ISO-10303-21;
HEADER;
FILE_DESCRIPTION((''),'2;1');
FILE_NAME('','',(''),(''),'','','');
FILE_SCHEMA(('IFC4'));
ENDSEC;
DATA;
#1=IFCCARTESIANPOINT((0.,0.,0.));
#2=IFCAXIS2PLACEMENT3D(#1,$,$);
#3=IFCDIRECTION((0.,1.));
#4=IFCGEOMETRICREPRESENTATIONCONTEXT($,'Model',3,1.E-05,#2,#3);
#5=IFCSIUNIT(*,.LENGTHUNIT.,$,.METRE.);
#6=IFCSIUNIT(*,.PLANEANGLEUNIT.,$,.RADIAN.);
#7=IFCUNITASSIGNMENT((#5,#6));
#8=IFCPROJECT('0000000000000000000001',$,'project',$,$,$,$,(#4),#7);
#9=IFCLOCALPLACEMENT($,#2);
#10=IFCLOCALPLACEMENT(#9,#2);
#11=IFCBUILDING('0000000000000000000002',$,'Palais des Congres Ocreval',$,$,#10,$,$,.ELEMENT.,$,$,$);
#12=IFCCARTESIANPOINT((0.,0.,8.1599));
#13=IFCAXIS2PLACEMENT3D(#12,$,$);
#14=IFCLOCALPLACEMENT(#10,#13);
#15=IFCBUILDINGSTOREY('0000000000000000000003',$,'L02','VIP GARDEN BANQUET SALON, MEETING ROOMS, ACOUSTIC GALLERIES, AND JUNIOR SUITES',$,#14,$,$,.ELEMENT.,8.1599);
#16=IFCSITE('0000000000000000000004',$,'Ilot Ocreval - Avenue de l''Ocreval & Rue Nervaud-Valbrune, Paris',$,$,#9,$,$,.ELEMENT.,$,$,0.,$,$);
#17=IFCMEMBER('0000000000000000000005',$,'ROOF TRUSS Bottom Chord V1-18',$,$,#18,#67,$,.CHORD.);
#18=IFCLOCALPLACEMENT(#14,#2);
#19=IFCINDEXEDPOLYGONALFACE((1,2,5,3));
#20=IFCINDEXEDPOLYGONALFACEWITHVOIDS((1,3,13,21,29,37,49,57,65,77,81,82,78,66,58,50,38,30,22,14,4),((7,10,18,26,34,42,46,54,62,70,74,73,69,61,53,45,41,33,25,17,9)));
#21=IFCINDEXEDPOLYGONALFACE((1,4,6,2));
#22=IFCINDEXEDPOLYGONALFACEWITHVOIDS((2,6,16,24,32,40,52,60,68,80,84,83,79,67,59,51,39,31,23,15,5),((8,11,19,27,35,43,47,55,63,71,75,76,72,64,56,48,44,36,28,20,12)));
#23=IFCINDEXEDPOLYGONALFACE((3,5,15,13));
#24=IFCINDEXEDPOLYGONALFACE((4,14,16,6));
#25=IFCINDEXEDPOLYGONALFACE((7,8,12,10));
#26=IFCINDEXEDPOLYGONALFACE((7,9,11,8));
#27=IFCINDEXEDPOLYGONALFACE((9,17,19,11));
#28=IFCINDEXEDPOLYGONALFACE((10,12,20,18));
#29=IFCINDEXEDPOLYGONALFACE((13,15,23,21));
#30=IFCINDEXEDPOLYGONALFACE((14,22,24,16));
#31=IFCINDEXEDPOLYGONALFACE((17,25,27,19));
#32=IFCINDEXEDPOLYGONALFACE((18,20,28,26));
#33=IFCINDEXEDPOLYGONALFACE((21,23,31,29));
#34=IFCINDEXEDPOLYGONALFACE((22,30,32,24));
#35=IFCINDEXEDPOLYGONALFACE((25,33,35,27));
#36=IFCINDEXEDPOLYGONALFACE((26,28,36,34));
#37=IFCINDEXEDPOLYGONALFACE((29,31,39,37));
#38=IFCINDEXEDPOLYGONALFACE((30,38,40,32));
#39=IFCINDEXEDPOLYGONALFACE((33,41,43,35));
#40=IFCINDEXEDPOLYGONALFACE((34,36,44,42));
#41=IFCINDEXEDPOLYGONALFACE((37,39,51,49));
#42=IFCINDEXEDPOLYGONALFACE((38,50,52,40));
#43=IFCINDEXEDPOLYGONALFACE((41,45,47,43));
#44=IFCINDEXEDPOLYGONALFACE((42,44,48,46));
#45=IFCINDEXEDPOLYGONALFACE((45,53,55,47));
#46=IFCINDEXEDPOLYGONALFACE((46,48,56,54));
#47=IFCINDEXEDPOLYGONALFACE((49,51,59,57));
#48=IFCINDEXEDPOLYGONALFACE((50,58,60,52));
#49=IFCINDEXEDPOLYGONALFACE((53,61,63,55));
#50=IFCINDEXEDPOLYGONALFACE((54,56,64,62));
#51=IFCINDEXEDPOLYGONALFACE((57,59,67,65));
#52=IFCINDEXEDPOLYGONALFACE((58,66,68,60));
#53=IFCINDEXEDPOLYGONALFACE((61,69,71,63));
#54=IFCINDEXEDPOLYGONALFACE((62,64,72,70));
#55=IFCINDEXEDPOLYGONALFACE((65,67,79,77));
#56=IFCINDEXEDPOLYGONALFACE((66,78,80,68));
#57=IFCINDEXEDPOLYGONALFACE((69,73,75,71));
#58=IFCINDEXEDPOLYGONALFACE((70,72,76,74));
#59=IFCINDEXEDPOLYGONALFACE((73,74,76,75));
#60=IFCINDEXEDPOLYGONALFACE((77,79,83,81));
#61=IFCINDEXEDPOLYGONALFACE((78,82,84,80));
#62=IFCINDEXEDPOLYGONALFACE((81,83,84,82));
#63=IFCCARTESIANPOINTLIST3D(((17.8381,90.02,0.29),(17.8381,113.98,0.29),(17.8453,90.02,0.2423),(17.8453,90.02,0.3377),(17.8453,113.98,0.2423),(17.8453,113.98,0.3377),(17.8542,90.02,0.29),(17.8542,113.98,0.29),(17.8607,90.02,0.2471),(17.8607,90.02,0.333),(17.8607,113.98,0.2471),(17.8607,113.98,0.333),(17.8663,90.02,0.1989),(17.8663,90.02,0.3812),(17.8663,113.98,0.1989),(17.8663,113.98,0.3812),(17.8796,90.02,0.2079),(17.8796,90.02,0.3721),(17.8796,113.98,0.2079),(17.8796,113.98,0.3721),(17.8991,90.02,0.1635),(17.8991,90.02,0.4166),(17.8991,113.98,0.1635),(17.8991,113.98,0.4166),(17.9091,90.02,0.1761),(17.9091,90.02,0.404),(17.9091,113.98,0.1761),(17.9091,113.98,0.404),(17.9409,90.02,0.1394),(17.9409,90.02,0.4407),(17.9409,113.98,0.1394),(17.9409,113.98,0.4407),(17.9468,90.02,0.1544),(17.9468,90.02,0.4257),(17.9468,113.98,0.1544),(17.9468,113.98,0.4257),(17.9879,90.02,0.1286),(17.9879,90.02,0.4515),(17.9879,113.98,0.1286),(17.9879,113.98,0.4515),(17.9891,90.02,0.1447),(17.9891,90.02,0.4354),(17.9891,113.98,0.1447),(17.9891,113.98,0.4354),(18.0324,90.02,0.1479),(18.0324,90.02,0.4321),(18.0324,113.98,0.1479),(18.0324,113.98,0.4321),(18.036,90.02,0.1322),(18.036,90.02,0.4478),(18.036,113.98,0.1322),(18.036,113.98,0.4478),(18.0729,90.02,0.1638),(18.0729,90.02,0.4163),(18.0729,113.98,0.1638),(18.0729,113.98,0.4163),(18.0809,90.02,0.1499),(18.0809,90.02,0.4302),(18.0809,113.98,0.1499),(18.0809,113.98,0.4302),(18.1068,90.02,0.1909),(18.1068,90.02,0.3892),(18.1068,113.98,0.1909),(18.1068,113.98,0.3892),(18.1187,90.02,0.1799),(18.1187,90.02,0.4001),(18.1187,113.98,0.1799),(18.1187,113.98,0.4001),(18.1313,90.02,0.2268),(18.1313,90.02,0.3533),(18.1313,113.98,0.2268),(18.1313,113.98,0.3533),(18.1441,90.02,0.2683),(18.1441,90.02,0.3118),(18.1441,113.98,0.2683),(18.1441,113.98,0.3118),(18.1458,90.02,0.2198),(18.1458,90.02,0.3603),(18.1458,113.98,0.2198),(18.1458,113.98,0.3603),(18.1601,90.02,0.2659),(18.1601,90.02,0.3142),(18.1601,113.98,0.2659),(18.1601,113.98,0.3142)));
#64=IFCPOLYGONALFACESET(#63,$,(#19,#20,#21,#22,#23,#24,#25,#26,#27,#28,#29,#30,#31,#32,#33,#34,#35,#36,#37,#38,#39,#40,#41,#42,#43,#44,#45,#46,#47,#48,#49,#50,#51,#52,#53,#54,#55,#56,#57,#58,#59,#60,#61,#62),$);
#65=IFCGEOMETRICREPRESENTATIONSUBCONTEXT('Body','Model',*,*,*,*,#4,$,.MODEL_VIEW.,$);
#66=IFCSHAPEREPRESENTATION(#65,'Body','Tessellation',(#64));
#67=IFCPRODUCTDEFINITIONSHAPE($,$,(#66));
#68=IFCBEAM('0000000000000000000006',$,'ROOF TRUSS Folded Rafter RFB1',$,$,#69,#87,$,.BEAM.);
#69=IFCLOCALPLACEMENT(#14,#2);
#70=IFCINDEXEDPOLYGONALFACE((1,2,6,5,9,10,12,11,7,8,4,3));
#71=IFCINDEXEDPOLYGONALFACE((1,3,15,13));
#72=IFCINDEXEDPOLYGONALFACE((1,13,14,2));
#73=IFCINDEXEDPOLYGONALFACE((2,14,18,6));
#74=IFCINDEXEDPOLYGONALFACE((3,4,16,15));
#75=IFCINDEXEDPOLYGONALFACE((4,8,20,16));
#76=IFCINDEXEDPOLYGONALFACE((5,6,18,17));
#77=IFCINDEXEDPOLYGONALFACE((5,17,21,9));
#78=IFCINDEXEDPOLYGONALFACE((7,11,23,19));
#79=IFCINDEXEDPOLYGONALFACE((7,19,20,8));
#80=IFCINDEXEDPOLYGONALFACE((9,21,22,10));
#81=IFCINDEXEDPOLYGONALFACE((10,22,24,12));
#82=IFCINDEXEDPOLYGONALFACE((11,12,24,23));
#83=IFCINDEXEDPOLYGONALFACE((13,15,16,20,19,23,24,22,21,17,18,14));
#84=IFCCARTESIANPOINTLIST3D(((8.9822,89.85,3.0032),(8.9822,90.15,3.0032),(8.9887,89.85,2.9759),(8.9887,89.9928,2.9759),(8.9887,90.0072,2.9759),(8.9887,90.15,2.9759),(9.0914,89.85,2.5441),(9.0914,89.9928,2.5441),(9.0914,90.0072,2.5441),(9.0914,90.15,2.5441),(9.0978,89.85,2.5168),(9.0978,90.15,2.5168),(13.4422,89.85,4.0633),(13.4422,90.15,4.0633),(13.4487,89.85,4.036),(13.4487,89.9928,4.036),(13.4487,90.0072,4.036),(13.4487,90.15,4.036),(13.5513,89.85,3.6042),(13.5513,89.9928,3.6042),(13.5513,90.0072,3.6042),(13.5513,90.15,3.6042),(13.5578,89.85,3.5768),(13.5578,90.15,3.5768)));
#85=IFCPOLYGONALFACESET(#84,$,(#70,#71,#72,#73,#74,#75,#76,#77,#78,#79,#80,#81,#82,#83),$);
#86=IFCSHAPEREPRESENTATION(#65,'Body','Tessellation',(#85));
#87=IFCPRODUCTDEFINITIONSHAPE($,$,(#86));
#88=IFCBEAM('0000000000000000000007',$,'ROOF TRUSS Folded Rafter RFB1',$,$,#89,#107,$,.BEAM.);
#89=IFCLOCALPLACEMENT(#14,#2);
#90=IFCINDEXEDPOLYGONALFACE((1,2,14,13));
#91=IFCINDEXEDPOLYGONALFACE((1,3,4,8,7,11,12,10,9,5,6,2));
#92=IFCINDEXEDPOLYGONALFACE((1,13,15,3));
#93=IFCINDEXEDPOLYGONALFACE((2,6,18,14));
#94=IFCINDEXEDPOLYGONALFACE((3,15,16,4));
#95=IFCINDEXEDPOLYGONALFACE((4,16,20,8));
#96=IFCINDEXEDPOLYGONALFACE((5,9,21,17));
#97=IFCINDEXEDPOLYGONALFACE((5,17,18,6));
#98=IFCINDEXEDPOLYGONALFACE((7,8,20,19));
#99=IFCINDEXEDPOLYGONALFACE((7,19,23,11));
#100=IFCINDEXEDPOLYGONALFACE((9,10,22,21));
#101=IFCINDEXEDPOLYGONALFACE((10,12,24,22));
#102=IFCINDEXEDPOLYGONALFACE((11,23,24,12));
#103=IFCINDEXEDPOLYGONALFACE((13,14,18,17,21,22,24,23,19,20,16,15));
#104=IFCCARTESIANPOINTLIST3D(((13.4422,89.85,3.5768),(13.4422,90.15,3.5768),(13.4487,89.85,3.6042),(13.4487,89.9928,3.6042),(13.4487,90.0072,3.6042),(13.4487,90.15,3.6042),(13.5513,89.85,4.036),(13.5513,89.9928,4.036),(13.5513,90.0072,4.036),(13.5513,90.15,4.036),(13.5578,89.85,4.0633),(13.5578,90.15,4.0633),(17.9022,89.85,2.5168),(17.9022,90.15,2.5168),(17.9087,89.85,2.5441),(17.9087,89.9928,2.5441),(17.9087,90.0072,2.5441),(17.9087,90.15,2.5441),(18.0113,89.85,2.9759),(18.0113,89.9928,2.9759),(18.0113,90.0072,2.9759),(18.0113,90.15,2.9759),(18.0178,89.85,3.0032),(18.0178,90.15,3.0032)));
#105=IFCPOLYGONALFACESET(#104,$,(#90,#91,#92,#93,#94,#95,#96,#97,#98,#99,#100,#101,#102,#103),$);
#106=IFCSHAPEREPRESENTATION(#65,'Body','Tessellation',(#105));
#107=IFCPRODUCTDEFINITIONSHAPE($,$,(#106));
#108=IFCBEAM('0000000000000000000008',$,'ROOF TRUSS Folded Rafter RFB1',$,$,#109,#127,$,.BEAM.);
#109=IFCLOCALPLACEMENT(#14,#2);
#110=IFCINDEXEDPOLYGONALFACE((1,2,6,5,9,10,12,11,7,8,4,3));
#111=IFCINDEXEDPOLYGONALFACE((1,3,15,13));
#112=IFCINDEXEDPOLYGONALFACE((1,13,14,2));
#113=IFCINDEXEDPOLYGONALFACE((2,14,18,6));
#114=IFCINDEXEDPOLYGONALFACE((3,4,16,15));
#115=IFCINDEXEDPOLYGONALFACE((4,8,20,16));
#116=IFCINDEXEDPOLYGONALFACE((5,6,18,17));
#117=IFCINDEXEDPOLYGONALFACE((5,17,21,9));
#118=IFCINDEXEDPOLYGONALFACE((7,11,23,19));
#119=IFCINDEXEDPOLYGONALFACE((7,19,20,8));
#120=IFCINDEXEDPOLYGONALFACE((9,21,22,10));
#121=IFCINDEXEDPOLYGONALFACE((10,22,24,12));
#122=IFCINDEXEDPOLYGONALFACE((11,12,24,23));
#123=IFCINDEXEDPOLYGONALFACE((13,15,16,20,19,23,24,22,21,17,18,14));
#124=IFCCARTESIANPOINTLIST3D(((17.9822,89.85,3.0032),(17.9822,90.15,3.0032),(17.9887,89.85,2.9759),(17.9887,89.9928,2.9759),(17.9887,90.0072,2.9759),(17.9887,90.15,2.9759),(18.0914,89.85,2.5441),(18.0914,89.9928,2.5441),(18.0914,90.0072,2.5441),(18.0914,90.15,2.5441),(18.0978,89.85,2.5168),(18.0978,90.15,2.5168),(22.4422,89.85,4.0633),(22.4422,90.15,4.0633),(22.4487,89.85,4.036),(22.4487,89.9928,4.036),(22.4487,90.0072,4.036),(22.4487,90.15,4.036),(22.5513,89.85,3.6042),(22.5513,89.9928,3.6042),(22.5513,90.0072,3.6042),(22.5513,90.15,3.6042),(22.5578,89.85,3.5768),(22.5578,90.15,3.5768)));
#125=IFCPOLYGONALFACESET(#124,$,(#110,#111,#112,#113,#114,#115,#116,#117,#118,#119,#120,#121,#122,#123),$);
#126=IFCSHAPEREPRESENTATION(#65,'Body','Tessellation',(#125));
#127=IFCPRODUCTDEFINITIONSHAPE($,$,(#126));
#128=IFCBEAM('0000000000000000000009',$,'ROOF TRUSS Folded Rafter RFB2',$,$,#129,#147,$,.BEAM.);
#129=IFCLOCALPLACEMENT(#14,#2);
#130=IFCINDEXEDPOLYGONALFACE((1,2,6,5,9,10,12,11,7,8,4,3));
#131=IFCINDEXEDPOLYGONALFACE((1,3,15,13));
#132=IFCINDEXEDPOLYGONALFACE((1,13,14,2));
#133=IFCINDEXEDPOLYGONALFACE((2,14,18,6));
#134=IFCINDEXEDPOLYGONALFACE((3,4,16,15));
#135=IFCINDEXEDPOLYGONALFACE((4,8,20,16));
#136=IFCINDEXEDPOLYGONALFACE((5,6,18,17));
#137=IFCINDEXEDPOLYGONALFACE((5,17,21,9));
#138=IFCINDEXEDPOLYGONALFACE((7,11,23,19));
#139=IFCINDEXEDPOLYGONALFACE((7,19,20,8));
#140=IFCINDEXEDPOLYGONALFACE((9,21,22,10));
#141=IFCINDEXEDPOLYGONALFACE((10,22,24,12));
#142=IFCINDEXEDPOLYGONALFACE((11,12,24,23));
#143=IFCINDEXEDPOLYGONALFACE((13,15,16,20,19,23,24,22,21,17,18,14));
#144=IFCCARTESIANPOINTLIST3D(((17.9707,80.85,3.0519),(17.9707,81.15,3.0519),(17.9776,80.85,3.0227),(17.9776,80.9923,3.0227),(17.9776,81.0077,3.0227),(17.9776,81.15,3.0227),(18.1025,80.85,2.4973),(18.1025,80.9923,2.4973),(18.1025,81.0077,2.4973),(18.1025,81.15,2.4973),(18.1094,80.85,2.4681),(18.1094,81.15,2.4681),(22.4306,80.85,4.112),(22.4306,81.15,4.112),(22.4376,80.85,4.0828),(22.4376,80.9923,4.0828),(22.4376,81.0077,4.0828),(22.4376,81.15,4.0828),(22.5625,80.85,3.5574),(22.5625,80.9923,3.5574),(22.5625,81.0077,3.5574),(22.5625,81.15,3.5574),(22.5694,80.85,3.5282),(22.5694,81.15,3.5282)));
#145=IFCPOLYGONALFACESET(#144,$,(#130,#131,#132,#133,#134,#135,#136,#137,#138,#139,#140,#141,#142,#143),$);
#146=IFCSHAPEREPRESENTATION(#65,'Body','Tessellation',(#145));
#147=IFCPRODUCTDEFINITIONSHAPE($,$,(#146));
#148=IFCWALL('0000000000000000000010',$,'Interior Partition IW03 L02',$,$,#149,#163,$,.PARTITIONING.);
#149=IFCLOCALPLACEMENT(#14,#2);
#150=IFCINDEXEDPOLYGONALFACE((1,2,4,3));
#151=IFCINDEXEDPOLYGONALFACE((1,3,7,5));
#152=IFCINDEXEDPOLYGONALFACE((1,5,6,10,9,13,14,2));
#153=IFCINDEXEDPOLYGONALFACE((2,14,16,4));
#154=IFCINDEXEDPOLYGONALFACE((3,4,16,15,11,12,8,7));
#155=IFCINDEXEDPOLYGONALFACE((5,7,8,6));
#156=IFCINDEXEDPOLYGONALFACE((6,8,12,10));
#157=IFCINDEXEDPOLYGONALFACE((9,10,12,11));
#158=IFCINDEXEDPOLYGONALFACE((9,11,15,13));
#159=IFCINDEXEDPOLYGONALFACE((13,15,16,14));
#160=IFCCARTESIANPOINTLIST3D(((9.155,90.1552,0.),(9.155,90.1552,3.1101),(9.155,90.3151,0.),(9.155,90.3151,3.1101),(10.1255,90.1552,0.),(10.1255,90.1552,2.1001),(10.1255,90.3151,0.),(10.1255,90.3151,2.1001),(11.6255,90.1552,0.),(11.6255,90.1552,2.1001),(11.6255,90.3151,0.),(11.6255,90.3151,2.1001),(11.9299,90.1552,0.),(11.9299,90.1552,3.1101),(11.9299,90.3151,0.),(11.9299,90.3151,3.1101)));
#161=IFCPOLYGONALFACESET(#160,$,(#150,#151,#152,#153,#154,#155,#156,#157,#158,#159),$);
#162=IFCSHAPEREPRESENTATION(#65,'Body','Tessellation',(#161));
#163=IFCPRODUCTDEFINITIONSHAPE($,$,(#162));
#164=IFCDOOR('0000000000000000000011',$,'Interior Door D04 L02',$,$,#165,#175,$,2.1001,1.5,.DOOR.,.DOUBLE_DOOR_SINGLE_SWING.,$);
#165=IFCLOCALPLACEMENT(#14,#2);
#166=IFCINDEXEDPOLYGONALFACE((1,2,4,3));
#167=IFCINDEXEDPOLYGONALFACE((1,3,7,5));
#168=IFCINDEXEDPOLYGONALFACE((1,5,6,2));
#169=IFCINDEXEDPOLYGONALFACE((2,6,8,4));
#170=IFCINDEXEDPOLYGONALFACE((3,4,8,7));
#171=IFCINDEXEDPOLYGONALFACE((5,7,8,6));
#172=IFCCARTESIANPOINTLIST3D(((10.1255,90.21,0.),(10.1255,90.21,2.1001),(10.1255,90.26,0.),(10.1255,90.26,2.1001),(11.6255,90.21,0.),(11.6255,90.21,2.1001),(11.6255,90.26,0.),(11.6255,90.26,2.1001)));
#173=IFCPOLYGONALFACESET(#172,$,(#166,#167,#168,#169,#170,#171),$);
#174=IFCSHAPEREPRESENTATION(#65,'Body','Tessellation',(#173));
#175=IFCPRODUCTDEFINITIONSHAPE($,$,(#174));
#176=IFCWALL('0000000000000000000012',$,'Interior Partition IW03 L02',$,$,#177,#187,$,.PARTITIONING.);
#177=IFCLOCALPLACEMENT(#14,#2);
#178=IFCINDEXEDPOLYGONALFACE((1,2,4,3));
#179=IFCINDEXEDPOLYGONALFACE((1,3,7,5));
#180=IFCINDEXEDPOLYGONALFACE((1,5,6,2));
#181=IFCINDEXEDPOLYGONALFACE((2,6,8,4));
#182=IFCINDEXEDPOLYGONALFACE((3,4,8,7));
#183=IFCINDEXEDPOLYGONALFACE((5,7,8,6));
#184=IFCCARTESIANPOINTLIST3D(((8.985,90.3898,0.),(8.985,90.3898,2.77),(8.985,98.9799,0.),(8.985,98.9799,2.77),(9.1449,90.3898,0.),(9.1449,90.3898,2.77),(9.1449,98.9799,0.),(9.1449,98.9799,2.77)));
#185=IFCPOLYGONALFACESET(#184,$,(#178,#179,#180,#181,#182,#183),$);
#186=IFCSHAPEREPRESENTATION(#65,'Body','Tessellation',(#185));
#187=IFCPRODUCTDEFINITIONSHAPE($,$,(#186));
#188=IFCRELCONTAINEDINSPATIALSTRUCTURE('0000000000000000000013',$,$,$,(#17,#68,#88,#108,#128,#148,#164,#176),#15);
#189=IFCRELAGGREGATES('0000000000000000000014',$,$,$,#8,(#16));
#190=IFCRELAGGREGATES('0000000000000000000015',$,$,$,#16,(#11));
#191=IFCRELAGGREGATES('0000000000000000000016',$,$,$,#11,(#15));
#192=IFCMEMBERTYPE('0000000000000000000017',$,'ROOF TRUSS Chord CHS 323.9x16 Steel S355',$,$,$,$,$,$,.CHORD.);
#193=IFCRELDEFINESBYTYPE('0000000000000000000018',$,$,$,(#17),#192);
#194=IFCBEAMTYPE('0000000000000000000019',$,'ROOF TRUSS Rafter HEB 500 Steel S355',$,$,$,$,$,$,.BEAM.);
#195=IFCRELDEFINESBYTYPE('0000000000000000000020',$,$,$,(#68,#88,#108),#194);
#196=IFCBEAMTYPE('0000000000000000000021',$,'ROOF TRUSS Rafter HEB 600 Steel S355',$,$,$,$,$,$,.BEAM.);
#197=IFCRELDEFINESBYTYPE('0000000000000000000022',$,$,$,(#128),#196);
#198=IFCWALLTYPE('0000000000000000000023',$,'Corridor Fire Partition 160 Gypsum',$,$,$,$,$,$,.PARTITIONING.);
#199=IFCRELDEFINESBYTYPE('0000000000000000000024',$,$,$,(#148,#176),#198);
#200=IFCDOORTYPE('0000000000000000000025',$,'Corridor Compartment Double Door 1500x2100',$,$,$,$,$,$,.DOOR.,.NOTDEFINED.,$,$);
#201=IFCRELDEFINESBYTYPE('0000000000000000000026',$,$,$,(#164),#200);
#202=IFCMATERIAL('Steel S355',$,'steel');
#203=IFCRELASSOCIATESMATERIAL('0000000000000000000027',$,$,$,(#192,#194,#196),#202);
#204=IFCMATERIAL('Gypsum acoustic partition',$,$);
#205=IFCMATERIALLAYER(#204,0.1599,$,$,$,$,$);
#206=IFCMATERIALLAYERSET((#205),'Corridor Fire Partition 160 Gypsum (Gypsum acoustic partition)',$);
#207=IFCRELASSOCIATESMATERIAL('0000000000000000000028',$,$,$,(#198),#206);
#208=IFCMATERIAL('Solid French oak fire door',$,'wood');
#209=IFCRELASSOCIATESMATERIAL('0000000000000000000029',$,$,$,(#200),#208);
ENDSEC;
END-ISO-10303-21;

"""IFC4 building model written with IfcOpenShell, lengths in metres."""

from ifc_helpers import new_model, si_unit, direction, frame, frame_2d, origin, origin_2d, place, context, subcontext, project, spatial, rectangle, hollow_circle, i_section, extrude, material, layer, layer_set, material_profile, profile_set, type_object, element, fill, save


model = new_model("IFC4")

# Units and contexts
model_context = context("Model", 3, precision=1e-05, world=origin(), true_north=direction((0.0, 1.0)))
body_context = subcontext(model_context, "Body", "Model", "MODEL_VIEW")
ifc_project = project(units=[si_unit("LENGTHUNIT", "METRE"), si_unit("PLANEANGLEUNIT", "RADIAN")], contexts=[model_context])

# Site, building, storey
site_placement = place(None, origin())
site = spatial("IfcSite", under=ifc_project, at=site_placement, Name="Ilot Ocreval - Avenue de l'Ocreval & Rue Nervaud-Valbrune, Paris", CompositionType="ELEMENT", RefElevation=0.0)
building_placement = place(site_placement, origin())
building = spatial("IfcBuilding", under=site, at=building_placement, Name="Palais des Congres Ocreval", CompositionType="ELEMENT")
storey_placement = place(building_placement, frame((0.0, 0.0, 8.1599)))
storey = spatial("IfcBuildingStorey", under=building, at=storey_placement, Name="L02", Description="VIP GARDEN BANQUET SALON, MEETING ROOMS, ACOUSTIC GALLERIES, AND JUNIOR SUITES", CompositionType="ELEMENT", Elevation=8.1599)

# Shared definitions
ifc_material_1 = material(Name="Steel S355", Category="steel")

# Member
ifc_material_profile_1 = material_profile(ifc_material_1, hollow_circle(Radius=0.1619, WallThickness=0.0161, at=origin_2d()), Name="CHS 323.9x16")
ifc_profile_set_1 = profile_set([ifc_material_profile_1], Name="Steel S355")
member_type_1 = type_object("IfcMemberType", Name="ROOF TRUSS Chord CHS 323.9x16 Steel S355", PredefinedType="CHORD", material=ifc_profile_set_1)
member_1_placement = place(storey_placement, frame((18.0, 90.02, 0.29), z_axis=(0.0, 1.0, 0.0), x_axis=(-1.0, 0.0, 0.0)))
element("IfcMember", 1, at=member_1_placement, inside=storey, type_object=member_type_1, Name="ROOF TRUSS Bottom Chord V1-18", PredefinedType="CHORD", context=body_context, shape_type="SweptSolid", body=[
    extrude(hollow_circle(Radius=0.1619, WallThickness=0.0161, at=origin_2d()), origin(), (0.0, 0.0, 1.0), 23.96),
])

# Beams
ifc_material_profile_2 = material_profile(ifc_material_1, i_section(OverallWidth=0.3, OverallDepth=0.5, WebThickness=0.0144, FlangeThickness=0.0281, at=origin_2d()), Name="HEB 500")
ifc_profile_set_2 = profile_set([ifc_material_profile_2], Name="Steel S355")
beam_type_1 = type_object("IfcBeamType", Name="ROOF TRUSS Rafter HEB 500 Steel S355", PredefinedType="BEAM", material=ifc_profile_set_2)
for number, where, z_axis, x_axis, name in (
    (2, (9.04, 90.0, 2.76), (0.972896, 0.0, 0.231241), (0.0, 1.0, 0.0), "ROOF TRUSS Folded Rafter RFB1"),
    (3, (13.5, 90.0, 3.8201), (0.972896, 0.0, -0.231241), (0.0, 1.0, 0.0), "ROOF TRUSS Folded Rafter RFB1"),
    (4, (18.04, 90.0, 2.76), (0.972896, 0.0, 0.231241), (0.0, 1.0, 0.0), "ROOF TRUSS Folded Rafter RFB1"),
):
    element("IfcBeam", number, at=place(storey_placement, frame(where, z_axis=z_axis, x_axis=x_axis)), inside=storey, type_object=beam_type_1, Name=name, PredefinedType="BEAM", context=body_context, shape_type="SweptSolid", body=[
        extrude(i_section(OverallWidth=0.3, OverallDepth=0.5, WebThickness=0.0144, FlangeThickness=0.0281, at=origin_2d()), origin(), (0.0, 0.0, 1.0), 4.5842),
    ])
ifc_material_profile_3 = material_profile(ifc_material_1, i_section(OverallWidth=0.3, OverallDepth=0.6001, WebThickness=0.0154, FlangeThickness=0.03, at=origin_2d()), Name="HEB 600")
ifc_profile_set_3 = profile_set([ifc_material_profile_3], Name="Steel S355")
beam_type_2 = type_object("IfcBeamType", Name="ROOF TRUSS Rafter HEB 600 Steel S355", PredefinedType="BEAM", material=ifc_profile_set_3)
beam_1_placement = place(storey_placement, frame((18.04, 81.0, 2.76), z_axis=(0.972896, 0.0, 0.231241), x_axis=(0.0, 1.0, 0.0)))
element("IfcBeam", 5, at=beam_1_placement, inside=storey, type_object=beam_type_2, Name="ROOF TRUSS Folded Rafter RFB2", PredefinedType="BEAM", context=body_context, shape_type="SweptSolid", body=[
    extrude(i_section(OverallWidth=0.3, OverallDepth=0.6001, WebThickness=0.0154, FlangeThickness=0.03, at=origin_2d()), origin(), (0.0, 0.0, 1.0), 4.5842),
])

# Wall, opening, door
ifc_material_2 = material(Name="Gypsum acoustic partition")
ifc_layer_1 = layer(ifc_material_2, 0.1599)
ifc_layer_set_1 = layer_set([ifc_layer_1], Name="Corridor Fire Partition 160 Gypsum (Gypsum acoustic partition)")
wall_type_1 = type_object("IfcWallType", Name="Corridor Fire Partition 160 Gypsum", PredefinedType="PARTITIONING", material=ifc_layer_set_1)
wall_1_placement = place(storey_placement, frame((9.155, 90.2351, 0.0), z_axis=(0.0, 0.0, 1.0), x_axis=(1.0, 0.0, 0.0)))
wall_1 = element("IfcWall", 6, at=wall_1_placement, inside=storey, type_object=wall_type_1, Name="Interior Partition IW03 L02", PredefinedType="PARTITIONING", context=body_context, shape_type="SweptSolid", body=[
    extrude(rectangle(XDim=2.7749, YDim=0.1599, at=frame_2d((1.3875, 0.0))), origin(), (0.0, 0.0, 1.0), 3.1101),
])
opening_placement = place(wall_1_placement, frame((0.9705, 0.0, 0.0)))
opening = element("IfcOpeningElement", 7, at=opening_placement, cuts=wall_1, PredefinedType="OPENING", context=body_context, shape_type="SweptSolid", body=[
    extrude(rectangle(XDim=1.5, YDim=2.1001, at=frame_2d((0.75, 1.05))), frame((0.0, 0.0898, 0.0), z_axis=(0.0, -1.0, 0.0), x_axis=(1.0, 0.0, 0.0)), (0.0, 0.0, 1.0), 0.1799),
])
ifc_material_3 = material(Name="Solid French oak fire door", Category="wood")
door_type = type_object("IfcDoorType", Name="Corridor Compartment Double Door 1500x2100", OperationType="NOTDEFINED", PredefinedType="DOOR", material=ifc_material_3)
door_placement = place(opening_placement, origin())
door = element("IfcDoor", 8, at=door_placement, inside=storey, type_object=door_type, Name="Interior Door D04 L02", OperationType="DOUBLE_DOOR_SINGLE_SWING", OverallHeight=2.1001, OverallWidth=1.5, PredefinedType="DOOR", context=body_context, shape_type="SweptSolid", body=[
    extrude(rectangle(XDim=1.5, YDim=2.1001, at=frame_2d((0.75, 1.05))), frame((0.0, 0.0249, 0.0), z_axis=(0.0, -1.0, 0.0), x_axis=(1.0, 0.0, 0.0)), (0.0, 0.0, 1.0), 0.05),
])
fill(opening, door)

# Wall
wall_2_placement = place(storey_placement, frame((9.0649, 90.3899, 0.0), z_axis=(0.0, 0.0, 1.0), x_axis=(0.0, 1.0, 0.0)))
element("IfcWall", 9, at=wall_2_placement, inside=storey, type_object=wall_type_1, Name="Interior Partition IW03 L02", PredefinedType="PARTITIONING", context=body_context, shape_type="SweptSolid", body=[
    extrude(rectangle(XDim=8.5901, YDim=0.1599, at=frame_2d((4.2949, 0.0))), origin(), (0.0, 0.0, 1.0), 2.77),
])

save(model, "model.ifc")
